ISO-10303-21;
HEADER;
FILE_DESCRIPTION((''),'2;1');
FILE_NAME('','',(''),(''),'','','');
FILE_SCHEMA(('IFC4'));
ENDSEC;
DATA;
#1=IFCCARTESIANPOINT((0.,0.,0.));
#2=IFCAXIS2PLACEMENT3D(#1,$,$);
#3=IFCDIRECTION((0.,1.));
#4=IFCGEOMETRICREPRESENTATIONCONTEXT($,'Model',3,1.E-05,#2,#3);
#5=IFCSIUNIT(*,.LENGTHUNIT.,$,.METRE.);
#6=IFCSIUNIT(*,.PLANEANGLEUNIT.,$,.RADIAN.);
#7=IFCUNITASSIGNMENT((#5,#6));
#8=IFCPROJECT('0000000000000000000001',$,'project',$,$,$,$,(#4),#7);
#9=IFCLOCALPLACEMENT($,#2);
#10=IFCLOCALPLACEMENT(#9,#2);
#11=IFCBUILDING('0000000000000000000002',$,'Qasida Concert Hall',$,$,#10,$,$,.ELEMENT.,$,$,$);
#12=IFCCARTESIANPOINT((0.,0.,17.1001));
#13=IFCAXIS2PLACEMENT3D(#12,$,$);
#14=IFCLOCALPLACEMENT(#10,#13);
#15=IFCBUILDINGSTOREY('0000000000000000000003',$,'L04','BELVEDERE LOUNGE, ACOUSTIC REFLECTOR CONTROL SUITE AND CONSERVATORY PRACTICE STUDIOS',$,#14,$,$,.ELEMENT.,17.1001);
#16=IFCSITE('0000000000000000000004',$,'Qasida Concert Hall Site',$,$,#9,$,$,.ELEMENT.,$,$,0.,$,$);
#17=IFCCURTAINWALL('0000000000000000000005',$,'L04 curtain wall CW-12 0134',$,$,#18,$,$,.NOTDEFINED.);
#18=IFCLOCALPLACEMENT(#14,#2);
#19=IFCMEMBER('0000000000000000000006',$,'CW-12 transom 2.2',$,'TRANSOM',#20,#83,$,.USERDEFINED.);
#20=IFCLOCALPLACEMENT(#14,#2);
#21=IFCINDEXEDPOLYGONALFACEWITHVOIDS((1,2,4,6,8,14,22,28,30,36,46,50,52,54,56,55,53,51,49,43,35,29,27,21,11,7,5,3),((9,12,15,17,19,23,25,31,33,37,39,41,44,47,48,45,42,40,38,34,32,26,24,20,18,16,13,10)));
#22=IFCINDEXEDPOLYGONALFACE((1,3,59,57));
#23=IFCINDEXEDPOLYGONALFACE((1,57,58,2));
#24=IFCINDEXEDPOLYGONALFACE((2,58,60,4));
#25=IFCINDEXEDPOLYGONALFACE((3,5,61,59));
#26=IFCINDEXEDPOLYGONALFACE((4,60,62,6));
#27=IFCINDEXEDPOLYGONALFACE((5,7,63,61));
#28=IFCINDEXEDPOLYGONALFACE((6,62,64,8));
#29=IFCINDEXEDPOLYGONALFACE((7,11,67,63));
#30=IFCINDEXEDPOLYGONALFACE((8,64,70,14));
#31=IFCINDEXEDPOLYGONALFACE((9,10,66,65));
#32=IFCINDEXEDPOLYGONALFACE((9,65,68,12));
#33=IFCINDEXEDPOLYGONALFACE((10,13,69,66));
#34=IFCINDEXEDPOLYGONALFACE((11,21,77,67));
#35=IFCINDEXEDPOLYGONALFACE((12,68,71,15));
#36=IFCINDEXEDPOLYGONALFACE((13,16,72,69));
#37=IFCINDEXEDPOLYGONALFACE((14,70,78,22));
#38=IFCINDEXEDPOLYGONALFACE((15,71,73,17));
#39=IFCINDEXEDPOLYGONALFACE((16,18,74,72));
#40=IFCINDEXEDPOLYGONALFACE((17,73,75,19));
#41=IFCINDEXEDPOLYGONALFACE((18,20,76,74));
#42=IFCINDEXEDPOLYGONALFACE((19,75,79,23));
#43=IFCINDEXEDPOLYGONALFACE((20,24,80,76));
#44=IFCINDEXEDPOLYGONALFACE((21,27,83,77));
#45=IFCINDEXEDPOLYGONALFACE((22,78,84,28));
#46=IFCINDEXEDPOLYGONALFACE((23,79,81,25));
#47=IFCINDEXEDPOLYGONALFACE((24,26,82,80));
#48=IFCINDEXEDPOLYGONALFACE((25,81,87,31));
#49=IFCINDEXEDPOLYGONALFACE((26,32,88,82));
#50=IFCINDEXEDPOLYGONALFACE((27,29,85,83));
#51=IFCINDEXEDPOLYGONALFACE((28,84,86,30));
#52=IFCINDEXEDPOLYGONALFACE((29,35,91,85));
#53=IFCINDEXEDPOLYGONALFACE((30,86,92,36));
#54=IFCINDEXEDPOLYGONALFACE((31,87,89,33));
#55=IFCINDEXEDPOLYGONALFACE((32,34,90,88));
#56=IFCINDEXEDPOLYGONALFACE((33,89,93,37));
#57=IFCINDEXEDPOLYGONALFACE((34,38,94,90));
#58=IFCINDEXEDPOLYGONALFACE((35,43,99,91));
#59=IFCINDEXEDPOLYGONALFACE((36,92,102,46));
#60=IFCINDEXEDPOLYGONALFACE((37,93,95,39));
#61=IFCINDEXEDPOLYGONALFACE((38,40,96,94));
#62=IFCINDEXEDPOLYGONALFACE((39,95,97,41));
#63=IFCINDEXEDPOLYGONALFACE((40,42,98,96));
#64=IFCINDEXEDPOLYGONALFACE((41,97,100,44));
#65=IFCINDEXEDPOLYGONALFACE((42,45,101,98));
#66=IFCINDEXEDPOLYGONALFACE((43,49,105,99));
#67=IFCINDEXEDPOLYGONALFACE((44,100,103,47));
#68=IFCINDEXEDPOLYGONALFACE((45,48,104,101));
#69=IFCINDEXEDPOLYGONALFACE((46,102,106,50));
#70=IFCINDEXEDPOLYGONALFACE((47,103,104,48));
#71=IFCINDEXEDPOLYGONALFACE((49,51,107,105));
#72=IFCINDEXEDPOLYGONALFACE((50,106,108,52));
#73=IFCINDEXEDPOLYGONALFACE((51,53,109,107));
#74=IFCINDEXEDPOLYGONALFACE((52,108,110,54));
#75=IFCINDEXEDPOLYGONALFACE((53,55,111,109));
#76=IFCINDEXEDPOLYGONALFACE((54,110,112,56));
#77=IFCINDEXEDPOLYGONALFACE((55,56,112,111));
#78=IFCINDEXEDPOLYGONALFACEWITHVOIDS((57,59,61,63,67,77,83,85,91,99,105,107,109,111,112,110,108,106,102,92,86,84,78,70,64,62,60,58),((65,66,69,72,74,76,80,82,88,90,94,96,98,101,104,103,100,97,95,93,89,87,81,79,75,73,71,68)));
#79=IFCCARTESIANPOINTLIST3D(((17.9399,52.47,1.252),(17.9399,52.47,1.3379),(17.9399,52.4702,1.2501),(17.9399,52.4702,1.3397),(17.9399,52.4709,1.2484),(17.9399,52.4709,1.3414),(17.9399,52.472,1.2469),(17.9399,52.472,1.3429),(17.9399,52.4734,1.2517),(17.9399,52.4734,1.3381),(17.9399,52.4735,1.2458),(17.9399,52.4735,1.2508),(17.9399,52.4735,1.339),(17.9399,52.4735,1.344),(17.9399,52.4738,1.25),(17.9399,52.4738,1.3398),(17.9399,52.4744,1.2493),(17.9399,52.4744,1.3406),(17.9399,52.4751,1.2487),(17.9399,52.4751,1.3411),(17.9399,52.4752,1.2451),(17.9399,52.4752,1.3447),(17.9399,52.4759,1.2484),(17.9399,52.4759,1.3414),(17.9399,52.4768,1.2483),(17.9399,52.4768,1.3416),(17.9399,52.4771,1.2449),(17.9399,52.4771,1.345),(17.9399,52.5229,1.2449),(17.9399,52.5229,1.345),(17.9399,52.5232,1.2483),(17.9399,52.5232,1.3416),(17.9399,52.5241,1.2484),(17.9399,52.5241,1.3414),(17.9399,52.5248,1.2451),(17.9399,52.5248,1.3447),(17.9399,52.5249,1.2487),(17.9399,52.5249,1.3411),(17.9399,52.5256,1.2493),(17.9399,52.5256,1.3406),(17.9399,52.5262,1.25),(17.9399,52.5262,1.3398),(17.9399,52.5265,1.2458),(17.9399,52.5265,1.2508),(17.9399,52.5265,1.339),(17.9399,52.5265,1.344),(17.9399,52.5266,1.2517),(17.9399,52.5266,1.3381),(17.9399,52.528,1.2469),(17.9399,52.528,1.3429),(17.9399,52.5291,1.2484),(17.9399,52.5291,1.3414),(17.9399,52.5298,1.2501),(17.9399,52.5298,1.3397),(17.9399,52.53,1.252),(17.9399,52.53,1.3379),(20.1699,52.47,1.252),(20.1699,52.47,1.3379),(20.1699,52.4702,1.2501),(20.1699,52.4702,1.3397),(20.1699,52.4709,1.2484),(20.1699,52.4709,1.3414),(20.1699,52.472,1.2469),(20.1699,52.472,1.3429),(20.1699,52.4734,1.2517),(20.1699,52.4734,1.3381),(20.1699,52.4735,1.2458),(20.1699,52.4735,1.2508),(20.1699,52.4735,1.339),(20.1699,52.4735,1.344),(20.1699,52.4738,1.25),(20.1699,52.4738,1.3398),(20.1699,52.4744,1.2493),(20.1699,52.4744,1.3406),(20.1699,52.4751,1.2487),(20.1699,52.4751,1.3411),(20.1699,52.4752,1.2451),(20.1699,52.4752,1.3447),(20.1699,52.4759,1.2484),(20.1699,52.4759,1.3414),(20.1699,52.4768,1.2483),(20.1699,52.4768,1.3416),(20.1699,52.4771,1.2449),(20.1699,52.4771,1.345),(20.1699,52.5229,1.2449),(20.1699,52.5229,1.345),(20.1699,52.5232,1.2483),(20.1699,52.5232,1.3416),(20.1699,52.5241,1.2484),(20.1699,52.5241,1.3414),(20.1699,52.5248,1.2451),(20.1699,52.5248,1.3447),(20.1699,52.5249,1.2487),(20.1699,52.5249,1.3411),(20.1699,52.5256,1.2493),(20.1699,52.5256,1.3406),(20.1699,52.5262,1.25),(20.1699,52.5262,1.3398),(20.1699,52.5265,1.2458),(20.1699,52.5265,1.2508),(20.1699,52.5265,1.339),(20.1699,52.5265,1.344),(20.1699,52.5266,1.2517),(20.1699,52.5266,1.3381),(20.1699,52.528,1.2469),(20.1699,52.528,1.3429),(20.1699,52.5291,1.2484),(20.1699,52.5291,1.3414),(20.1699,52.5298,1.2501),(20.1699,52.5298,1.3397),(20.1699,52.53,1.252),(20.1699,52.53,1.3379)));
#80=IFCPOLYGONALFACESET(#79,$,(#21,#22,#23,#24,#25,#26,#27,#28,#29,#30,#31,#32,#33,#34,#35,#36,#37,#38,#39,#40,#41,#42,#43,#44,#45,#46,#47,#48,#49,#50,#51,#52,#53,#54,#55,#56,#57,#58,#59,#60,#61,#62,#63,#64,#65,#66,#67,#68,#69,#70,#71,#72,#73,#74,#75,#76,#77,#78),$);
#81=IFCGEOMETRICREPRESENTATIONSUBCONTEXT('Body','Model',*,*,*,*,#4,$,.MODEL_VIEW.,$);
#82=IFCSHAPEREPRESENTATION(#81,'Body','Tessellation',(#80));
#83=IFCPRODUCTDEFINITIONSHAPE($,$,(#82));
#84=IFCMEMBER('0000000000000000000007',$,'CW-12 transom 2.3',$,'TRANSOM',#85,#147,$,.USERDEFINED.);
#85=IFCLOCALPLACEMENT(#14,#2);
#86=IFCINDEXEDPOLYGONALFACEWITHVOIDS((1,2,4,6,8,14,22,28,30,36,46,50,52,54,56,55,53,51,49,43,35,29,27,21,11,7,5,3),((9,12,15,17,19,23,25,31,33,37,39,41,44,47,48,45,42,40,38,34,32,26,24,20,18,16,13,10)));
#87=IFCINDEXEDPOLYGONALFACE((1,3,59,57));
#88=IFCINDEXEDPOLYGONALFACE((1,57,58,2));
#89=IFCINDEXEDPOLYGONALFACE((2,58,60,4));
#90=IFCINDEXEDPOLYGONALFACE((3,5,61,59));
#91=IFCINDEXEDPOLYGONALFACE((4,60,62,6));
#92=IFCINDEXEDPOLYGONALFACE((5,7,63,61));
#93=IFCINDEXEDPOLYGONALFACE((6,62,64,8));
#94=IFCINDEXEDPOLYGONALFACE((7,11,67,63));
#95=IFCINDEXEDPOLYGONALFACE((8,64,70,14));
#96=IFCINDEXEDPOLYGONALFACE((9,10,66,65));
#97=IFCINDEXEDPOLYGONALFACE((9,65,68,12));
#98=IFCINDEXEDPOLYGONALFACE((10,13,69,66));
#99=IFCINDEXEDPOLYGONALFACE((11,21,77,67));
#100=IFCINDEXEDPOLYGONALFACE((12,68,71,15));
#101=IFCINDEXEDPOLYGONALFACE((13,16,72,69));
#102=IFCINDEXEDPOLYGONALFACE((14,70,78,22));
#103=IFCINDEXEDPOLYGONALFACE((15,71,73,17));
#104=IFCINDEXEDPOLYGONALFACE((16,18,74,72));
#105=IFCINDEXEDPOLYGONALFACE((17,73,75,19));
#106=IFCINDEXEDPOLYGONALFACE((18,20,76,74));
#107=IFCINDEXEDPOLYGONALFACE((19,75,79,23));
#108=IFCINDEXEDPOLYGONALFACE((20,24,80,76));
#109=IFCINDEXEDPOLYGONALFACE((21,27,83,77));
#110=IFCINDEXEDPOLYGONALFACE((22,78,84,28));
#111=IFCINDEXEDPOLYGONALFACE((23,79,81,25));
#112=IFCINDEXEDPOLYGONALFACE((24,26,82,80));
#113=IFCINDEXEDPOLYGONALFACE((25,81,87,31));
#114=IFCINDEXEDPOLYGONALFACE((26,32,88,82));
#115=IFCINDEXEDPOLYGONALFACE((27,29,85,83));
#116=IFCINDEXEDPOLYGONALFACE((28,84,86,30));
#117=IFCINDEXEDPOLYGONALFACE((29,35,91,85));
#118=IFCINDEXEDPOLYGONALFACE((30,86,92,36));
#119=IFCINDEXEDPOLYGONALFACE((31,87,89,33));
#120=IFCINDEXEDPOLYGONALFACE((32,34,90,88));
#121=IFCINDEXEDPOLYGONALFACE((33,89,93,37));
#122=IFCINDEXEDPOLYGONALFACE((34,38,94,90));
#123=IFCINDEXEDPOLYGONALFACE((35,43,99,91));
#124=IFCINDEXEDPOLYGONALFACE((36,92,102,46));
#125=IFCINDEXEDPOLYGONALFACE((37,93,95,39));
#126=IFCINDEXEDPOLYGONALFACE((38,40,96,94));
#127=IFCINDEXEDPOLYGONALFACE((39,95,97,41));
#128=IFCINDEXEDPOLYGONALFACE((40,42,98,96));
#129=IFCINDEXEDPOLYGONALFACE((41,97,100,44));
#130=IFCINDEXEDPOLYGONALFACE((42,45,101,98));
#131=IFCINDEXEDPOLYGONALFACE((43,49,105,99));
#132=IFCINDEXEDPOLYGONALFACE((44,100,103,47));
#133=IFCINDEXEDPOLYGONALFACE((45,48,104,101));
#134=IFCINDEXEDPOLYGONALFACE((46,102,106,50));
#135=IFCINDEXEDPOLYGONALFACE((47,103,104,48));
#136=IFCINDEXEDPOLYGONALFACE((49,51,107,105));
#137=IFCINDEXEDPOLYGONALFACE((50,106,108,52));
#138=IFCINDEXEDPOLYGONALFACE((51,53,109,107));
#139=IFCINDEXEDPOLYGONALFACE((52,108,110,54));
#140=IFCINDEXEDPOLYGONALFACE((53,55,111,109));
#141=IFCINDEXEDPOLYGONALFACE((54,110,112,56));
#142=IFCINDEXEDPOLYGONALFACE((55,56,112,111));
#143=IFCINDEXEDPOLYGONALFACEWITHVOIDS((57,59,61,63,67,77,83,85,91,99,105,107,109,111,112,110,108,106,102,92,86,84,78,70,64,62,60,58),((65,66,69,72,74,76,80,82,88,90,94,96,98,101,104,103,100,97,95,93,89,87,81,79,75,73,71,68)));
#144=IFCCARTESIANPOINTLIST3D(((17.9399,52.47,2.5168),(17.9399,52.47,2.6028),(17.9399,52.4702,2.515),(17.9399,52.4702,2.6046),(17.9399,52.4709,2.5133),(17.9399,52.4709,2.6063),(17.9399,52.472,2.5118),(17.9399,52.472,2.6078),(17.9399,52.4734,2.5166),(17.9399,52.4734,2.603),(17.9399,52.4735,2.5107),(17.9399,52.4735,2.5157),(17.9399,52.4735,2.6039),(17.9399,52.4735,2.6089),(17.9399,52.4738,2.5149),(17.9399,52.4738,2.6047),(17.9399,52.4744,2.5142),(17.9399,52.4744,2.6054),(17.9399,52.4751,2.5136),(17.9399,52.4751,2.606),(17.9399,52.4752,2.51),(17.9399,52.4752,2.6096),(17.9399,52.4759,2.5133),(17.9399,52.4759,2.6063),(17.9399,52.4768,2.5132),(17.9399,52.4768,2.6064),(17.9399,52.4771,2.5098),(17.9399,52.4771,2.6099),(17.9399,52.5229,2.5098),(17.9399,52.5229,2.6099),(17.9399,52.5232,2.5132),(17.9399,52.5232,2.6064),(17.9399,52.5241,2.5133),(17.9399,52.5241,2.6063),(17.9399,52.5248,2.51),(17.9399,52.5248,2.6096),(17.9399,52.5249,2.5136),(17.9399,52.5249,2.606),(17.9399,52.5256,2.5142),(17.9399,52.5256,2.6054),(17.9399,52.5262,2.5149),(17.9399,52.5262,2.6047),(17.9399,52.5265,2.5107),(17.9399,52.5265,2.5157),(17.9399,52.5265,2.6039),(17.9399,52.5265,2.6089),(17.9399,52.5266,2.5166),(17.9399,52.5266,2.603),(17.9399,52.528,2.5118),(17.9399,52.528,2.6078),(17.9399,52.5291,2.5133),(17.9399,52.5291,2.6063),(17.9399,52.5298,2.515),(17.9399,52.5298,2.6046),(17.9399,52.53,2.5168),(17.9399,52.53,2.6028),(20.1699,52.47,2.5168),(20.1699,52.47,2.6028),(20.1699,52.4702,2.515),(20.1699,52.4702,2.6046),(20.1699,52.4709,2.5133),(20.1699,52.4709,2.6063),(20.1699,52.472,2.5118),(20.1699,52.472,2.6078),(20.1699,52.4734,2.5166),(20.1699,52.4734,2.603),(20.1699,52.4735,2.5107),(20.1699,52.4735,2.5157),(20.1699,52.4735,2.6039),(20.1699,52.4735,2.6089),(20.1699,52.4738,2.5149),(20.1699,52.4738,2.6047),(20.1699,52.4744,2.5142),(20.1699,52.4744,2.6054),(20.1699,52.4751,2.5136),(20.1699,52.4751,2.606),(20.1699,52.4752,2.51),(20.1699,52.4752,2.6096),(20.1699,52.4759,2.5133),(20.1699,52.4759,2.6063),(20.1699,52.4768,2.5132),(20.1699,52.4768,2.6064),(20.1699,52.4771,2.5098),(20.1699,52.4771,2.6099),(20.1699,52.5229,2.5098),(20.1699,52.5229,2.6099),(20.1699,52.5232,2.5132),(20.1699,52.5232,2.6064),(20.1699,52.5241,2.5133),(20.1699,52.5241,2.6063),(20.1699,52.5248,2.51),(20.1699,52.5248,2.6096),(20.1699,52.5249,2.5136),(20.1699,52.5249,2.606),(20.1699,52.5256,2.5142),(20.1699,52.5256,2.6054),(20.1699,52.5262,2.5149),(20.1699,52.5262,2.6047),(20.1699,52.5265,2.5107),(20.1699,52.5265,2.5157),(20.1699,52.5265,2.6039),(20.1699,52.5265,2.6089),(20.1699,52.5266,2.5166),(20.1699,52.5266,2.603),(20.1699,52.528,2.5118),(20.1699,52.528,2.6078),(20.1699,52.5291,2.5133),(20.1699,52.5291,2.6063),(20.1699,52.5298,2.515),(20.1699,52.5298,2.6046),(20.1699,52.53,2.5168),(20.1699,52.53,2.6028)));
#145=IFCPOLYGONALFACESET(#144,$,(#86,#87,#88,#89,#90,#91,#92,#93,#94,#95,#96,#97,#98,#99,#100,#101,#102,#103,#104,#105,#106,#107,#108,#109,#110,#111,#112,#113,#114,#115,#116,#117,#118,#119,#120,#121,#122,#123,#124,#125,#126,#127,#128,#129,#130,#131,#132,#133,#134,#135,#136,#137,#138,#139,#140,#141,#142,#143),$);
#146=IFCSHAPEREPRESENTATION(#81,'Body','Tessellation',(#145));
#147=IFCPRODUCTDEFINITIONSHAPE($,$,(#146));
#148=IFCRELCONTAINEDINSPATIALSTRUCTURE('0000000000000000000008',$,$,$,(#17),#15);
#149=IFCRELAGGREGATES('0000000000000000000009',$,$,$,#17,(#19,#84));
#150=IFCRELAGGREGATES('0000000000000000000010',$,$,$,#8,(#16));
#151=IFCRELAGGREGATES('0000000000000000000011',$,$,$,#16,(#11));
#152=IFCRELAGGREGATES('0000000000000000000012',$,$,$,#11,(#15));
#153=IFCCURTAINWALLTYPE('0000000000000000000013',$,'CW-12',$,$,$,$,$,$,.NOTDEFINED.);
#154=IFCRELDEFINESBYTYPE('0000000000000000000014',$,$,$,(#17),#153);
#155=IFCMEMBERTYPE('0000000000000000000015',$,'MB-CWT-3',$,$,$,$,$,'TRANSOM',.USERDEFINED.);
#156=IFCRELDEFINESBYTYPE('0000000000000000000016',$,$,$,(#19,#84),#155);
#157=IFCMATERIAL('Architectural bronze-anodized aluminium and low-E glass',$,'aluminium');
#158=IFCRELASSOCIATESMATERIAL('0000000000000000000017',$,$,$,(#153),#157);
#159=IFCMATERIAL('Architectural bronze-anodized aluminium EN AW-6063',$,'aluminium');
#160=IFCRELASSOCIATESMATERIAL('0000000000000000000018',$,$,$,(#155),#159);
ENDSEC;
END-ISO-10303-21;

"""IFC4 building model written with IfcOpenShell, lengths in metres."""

from ifc_helpers import new_model, si_unit, direction, frame, origin, origin_2d, place, context, subcontext, project, spatial, hollow_rectangle, extrude, material, material_profile, profile_set, type_object, element, aggregate, save


model = new_model("IFC4")

# Units and contexts
model_context = context("Model", 3, precision=1e-05, world=origin(), true_north=direction((0.0, 1.0)))
body_context = subcontext(model_context, "Body", "Model", "MODEL_VIEW")
ifc_project = project(units=[si_unit("LENGTHUNIT", "METRE"), si_unit("PLANEANGLEUNIT", "RADIAN")], contexts=[model_context])

# Site, building, storey
site_placement = place(None, origin())
site = spatial("IfcSite", under=ifc_project, at=site_placement, Name="Qasida Concert Hall Site", CompositionType="ELEMENT", RefElevation=0.0)
building_placement = place(site_placement, origin())
building = spatial("IfcBuilding", under=site, at=building_placement, Name="Qasida Concert Hall", CompositionType="ELEMENT")
storey_placement = place(building_placement, frame((0.0, 0.0, 17.1001)))
storey = spatial("IfcBuildingStorey", under=building, at=storey_placement, Name="L04", Description="BELVEDERE LOUNGE, ACOUSTIC REFLECTOR CONTROL SUITE AND CONSERVATORY PRACTICE STUDIOS", CompositionType="ELEMENT", Elevation=17.1001)

# Shared definitions
ifc_material_1 = material(Name="Architectural bronze-anodized aluminium and low-E glass", Category="aluminium")
curtain_wall_type = type_object("IfcCurtainWallType", Name="CW-12", PredefinedType="NOTDEFINED", material=ifc_material_1)
ifc_material_2 = material(Name="Architectural bronze-anodized aluminium EN AW-6063", Category="aluminium")

# Curtain wall
curtain_wall_1_placement = place(storey_placement, origin())
curtain_wall_1 = element("IfcCurtainWall", 1, at=curtain_wall_1_placement, inside=storey, type_object=curtain_wall_type, Name="L04 curtain wall CW-12 0134", PredefinedType="NOTDEFINED")

# Members
ifc_material_profile_1 = material_profile(ifc_material_2, hollow_rectangle(XDim=0.0601, YDim=0.1001, WallThickness=0.0034, InnerFilletRadius=0.0034, OuterFilletRadius=0.0071, at=origin_2d()), Name="CWT 100x60x3.5")
ifc_profile_set_1 = profile_set([ifc_material_profile_1], Name="Architectural bronze-anodized aluminium EN AW-6063")
member_type_1 = type_object("IfcMemberType", Name="MB-CWT-3", ElementType="TRANSOM", PredefinedType="USERDEFINED", material=ifc_profile_set_1)
member_1_placement = place(storey_placement, frame((17.9399, 52.5, 1.2949), z_axis=(1.0, 0.0, 0.0), x_axis=(0.0, 1.0, 0.0)))
member_1 = element("IfcMember", 2, at=member_1_placement, type_object=member_type_1, Name="CW-12 transom 2.2", ObjectType="TRANSOM", PredefinedType="USERDEFINED", context=body_context, shape_type="SweptSolid", body=[
    extrude(hollow_rectangle(XDim=0.0601, YDim=0.1001, WallThickness=0.0034, InnerFilletRadius=0.0034, OuterFilletRadius=0.0071, at=origin_2d()), origin(), (0.0, 0.0, 1.0), 2.23),
])
member_2_placement = place(storey_placement, frame((17.9399, 52.5, 2.5598), z_axis=(1.0, 0.0, 0.0), x_axis=(0.0, 1.0, 0.0)))
member_2 = element("IfcMember", 3, at=member_2_placement, type_object=member_type_1, Name="CW-12 transom 2.3", ObjectType="TRANSOM", PredefinedType="USERDEFINED", context=body_context, shape_type="SweptSolid", body=[
    extrude(hollow_rectangle(XDim=0.0601, YDim=0.1001, WallThickness=0.0034, InnerFilletRadius=0.0034, OuterFilletRadius=0.0071, at=origin_2d()), origin(), (0.0, 0.0, 1.0), 2.23),
])

aggregate(curtain_wall_1, [member_1, member_2])

save(model, "model.ifc")
